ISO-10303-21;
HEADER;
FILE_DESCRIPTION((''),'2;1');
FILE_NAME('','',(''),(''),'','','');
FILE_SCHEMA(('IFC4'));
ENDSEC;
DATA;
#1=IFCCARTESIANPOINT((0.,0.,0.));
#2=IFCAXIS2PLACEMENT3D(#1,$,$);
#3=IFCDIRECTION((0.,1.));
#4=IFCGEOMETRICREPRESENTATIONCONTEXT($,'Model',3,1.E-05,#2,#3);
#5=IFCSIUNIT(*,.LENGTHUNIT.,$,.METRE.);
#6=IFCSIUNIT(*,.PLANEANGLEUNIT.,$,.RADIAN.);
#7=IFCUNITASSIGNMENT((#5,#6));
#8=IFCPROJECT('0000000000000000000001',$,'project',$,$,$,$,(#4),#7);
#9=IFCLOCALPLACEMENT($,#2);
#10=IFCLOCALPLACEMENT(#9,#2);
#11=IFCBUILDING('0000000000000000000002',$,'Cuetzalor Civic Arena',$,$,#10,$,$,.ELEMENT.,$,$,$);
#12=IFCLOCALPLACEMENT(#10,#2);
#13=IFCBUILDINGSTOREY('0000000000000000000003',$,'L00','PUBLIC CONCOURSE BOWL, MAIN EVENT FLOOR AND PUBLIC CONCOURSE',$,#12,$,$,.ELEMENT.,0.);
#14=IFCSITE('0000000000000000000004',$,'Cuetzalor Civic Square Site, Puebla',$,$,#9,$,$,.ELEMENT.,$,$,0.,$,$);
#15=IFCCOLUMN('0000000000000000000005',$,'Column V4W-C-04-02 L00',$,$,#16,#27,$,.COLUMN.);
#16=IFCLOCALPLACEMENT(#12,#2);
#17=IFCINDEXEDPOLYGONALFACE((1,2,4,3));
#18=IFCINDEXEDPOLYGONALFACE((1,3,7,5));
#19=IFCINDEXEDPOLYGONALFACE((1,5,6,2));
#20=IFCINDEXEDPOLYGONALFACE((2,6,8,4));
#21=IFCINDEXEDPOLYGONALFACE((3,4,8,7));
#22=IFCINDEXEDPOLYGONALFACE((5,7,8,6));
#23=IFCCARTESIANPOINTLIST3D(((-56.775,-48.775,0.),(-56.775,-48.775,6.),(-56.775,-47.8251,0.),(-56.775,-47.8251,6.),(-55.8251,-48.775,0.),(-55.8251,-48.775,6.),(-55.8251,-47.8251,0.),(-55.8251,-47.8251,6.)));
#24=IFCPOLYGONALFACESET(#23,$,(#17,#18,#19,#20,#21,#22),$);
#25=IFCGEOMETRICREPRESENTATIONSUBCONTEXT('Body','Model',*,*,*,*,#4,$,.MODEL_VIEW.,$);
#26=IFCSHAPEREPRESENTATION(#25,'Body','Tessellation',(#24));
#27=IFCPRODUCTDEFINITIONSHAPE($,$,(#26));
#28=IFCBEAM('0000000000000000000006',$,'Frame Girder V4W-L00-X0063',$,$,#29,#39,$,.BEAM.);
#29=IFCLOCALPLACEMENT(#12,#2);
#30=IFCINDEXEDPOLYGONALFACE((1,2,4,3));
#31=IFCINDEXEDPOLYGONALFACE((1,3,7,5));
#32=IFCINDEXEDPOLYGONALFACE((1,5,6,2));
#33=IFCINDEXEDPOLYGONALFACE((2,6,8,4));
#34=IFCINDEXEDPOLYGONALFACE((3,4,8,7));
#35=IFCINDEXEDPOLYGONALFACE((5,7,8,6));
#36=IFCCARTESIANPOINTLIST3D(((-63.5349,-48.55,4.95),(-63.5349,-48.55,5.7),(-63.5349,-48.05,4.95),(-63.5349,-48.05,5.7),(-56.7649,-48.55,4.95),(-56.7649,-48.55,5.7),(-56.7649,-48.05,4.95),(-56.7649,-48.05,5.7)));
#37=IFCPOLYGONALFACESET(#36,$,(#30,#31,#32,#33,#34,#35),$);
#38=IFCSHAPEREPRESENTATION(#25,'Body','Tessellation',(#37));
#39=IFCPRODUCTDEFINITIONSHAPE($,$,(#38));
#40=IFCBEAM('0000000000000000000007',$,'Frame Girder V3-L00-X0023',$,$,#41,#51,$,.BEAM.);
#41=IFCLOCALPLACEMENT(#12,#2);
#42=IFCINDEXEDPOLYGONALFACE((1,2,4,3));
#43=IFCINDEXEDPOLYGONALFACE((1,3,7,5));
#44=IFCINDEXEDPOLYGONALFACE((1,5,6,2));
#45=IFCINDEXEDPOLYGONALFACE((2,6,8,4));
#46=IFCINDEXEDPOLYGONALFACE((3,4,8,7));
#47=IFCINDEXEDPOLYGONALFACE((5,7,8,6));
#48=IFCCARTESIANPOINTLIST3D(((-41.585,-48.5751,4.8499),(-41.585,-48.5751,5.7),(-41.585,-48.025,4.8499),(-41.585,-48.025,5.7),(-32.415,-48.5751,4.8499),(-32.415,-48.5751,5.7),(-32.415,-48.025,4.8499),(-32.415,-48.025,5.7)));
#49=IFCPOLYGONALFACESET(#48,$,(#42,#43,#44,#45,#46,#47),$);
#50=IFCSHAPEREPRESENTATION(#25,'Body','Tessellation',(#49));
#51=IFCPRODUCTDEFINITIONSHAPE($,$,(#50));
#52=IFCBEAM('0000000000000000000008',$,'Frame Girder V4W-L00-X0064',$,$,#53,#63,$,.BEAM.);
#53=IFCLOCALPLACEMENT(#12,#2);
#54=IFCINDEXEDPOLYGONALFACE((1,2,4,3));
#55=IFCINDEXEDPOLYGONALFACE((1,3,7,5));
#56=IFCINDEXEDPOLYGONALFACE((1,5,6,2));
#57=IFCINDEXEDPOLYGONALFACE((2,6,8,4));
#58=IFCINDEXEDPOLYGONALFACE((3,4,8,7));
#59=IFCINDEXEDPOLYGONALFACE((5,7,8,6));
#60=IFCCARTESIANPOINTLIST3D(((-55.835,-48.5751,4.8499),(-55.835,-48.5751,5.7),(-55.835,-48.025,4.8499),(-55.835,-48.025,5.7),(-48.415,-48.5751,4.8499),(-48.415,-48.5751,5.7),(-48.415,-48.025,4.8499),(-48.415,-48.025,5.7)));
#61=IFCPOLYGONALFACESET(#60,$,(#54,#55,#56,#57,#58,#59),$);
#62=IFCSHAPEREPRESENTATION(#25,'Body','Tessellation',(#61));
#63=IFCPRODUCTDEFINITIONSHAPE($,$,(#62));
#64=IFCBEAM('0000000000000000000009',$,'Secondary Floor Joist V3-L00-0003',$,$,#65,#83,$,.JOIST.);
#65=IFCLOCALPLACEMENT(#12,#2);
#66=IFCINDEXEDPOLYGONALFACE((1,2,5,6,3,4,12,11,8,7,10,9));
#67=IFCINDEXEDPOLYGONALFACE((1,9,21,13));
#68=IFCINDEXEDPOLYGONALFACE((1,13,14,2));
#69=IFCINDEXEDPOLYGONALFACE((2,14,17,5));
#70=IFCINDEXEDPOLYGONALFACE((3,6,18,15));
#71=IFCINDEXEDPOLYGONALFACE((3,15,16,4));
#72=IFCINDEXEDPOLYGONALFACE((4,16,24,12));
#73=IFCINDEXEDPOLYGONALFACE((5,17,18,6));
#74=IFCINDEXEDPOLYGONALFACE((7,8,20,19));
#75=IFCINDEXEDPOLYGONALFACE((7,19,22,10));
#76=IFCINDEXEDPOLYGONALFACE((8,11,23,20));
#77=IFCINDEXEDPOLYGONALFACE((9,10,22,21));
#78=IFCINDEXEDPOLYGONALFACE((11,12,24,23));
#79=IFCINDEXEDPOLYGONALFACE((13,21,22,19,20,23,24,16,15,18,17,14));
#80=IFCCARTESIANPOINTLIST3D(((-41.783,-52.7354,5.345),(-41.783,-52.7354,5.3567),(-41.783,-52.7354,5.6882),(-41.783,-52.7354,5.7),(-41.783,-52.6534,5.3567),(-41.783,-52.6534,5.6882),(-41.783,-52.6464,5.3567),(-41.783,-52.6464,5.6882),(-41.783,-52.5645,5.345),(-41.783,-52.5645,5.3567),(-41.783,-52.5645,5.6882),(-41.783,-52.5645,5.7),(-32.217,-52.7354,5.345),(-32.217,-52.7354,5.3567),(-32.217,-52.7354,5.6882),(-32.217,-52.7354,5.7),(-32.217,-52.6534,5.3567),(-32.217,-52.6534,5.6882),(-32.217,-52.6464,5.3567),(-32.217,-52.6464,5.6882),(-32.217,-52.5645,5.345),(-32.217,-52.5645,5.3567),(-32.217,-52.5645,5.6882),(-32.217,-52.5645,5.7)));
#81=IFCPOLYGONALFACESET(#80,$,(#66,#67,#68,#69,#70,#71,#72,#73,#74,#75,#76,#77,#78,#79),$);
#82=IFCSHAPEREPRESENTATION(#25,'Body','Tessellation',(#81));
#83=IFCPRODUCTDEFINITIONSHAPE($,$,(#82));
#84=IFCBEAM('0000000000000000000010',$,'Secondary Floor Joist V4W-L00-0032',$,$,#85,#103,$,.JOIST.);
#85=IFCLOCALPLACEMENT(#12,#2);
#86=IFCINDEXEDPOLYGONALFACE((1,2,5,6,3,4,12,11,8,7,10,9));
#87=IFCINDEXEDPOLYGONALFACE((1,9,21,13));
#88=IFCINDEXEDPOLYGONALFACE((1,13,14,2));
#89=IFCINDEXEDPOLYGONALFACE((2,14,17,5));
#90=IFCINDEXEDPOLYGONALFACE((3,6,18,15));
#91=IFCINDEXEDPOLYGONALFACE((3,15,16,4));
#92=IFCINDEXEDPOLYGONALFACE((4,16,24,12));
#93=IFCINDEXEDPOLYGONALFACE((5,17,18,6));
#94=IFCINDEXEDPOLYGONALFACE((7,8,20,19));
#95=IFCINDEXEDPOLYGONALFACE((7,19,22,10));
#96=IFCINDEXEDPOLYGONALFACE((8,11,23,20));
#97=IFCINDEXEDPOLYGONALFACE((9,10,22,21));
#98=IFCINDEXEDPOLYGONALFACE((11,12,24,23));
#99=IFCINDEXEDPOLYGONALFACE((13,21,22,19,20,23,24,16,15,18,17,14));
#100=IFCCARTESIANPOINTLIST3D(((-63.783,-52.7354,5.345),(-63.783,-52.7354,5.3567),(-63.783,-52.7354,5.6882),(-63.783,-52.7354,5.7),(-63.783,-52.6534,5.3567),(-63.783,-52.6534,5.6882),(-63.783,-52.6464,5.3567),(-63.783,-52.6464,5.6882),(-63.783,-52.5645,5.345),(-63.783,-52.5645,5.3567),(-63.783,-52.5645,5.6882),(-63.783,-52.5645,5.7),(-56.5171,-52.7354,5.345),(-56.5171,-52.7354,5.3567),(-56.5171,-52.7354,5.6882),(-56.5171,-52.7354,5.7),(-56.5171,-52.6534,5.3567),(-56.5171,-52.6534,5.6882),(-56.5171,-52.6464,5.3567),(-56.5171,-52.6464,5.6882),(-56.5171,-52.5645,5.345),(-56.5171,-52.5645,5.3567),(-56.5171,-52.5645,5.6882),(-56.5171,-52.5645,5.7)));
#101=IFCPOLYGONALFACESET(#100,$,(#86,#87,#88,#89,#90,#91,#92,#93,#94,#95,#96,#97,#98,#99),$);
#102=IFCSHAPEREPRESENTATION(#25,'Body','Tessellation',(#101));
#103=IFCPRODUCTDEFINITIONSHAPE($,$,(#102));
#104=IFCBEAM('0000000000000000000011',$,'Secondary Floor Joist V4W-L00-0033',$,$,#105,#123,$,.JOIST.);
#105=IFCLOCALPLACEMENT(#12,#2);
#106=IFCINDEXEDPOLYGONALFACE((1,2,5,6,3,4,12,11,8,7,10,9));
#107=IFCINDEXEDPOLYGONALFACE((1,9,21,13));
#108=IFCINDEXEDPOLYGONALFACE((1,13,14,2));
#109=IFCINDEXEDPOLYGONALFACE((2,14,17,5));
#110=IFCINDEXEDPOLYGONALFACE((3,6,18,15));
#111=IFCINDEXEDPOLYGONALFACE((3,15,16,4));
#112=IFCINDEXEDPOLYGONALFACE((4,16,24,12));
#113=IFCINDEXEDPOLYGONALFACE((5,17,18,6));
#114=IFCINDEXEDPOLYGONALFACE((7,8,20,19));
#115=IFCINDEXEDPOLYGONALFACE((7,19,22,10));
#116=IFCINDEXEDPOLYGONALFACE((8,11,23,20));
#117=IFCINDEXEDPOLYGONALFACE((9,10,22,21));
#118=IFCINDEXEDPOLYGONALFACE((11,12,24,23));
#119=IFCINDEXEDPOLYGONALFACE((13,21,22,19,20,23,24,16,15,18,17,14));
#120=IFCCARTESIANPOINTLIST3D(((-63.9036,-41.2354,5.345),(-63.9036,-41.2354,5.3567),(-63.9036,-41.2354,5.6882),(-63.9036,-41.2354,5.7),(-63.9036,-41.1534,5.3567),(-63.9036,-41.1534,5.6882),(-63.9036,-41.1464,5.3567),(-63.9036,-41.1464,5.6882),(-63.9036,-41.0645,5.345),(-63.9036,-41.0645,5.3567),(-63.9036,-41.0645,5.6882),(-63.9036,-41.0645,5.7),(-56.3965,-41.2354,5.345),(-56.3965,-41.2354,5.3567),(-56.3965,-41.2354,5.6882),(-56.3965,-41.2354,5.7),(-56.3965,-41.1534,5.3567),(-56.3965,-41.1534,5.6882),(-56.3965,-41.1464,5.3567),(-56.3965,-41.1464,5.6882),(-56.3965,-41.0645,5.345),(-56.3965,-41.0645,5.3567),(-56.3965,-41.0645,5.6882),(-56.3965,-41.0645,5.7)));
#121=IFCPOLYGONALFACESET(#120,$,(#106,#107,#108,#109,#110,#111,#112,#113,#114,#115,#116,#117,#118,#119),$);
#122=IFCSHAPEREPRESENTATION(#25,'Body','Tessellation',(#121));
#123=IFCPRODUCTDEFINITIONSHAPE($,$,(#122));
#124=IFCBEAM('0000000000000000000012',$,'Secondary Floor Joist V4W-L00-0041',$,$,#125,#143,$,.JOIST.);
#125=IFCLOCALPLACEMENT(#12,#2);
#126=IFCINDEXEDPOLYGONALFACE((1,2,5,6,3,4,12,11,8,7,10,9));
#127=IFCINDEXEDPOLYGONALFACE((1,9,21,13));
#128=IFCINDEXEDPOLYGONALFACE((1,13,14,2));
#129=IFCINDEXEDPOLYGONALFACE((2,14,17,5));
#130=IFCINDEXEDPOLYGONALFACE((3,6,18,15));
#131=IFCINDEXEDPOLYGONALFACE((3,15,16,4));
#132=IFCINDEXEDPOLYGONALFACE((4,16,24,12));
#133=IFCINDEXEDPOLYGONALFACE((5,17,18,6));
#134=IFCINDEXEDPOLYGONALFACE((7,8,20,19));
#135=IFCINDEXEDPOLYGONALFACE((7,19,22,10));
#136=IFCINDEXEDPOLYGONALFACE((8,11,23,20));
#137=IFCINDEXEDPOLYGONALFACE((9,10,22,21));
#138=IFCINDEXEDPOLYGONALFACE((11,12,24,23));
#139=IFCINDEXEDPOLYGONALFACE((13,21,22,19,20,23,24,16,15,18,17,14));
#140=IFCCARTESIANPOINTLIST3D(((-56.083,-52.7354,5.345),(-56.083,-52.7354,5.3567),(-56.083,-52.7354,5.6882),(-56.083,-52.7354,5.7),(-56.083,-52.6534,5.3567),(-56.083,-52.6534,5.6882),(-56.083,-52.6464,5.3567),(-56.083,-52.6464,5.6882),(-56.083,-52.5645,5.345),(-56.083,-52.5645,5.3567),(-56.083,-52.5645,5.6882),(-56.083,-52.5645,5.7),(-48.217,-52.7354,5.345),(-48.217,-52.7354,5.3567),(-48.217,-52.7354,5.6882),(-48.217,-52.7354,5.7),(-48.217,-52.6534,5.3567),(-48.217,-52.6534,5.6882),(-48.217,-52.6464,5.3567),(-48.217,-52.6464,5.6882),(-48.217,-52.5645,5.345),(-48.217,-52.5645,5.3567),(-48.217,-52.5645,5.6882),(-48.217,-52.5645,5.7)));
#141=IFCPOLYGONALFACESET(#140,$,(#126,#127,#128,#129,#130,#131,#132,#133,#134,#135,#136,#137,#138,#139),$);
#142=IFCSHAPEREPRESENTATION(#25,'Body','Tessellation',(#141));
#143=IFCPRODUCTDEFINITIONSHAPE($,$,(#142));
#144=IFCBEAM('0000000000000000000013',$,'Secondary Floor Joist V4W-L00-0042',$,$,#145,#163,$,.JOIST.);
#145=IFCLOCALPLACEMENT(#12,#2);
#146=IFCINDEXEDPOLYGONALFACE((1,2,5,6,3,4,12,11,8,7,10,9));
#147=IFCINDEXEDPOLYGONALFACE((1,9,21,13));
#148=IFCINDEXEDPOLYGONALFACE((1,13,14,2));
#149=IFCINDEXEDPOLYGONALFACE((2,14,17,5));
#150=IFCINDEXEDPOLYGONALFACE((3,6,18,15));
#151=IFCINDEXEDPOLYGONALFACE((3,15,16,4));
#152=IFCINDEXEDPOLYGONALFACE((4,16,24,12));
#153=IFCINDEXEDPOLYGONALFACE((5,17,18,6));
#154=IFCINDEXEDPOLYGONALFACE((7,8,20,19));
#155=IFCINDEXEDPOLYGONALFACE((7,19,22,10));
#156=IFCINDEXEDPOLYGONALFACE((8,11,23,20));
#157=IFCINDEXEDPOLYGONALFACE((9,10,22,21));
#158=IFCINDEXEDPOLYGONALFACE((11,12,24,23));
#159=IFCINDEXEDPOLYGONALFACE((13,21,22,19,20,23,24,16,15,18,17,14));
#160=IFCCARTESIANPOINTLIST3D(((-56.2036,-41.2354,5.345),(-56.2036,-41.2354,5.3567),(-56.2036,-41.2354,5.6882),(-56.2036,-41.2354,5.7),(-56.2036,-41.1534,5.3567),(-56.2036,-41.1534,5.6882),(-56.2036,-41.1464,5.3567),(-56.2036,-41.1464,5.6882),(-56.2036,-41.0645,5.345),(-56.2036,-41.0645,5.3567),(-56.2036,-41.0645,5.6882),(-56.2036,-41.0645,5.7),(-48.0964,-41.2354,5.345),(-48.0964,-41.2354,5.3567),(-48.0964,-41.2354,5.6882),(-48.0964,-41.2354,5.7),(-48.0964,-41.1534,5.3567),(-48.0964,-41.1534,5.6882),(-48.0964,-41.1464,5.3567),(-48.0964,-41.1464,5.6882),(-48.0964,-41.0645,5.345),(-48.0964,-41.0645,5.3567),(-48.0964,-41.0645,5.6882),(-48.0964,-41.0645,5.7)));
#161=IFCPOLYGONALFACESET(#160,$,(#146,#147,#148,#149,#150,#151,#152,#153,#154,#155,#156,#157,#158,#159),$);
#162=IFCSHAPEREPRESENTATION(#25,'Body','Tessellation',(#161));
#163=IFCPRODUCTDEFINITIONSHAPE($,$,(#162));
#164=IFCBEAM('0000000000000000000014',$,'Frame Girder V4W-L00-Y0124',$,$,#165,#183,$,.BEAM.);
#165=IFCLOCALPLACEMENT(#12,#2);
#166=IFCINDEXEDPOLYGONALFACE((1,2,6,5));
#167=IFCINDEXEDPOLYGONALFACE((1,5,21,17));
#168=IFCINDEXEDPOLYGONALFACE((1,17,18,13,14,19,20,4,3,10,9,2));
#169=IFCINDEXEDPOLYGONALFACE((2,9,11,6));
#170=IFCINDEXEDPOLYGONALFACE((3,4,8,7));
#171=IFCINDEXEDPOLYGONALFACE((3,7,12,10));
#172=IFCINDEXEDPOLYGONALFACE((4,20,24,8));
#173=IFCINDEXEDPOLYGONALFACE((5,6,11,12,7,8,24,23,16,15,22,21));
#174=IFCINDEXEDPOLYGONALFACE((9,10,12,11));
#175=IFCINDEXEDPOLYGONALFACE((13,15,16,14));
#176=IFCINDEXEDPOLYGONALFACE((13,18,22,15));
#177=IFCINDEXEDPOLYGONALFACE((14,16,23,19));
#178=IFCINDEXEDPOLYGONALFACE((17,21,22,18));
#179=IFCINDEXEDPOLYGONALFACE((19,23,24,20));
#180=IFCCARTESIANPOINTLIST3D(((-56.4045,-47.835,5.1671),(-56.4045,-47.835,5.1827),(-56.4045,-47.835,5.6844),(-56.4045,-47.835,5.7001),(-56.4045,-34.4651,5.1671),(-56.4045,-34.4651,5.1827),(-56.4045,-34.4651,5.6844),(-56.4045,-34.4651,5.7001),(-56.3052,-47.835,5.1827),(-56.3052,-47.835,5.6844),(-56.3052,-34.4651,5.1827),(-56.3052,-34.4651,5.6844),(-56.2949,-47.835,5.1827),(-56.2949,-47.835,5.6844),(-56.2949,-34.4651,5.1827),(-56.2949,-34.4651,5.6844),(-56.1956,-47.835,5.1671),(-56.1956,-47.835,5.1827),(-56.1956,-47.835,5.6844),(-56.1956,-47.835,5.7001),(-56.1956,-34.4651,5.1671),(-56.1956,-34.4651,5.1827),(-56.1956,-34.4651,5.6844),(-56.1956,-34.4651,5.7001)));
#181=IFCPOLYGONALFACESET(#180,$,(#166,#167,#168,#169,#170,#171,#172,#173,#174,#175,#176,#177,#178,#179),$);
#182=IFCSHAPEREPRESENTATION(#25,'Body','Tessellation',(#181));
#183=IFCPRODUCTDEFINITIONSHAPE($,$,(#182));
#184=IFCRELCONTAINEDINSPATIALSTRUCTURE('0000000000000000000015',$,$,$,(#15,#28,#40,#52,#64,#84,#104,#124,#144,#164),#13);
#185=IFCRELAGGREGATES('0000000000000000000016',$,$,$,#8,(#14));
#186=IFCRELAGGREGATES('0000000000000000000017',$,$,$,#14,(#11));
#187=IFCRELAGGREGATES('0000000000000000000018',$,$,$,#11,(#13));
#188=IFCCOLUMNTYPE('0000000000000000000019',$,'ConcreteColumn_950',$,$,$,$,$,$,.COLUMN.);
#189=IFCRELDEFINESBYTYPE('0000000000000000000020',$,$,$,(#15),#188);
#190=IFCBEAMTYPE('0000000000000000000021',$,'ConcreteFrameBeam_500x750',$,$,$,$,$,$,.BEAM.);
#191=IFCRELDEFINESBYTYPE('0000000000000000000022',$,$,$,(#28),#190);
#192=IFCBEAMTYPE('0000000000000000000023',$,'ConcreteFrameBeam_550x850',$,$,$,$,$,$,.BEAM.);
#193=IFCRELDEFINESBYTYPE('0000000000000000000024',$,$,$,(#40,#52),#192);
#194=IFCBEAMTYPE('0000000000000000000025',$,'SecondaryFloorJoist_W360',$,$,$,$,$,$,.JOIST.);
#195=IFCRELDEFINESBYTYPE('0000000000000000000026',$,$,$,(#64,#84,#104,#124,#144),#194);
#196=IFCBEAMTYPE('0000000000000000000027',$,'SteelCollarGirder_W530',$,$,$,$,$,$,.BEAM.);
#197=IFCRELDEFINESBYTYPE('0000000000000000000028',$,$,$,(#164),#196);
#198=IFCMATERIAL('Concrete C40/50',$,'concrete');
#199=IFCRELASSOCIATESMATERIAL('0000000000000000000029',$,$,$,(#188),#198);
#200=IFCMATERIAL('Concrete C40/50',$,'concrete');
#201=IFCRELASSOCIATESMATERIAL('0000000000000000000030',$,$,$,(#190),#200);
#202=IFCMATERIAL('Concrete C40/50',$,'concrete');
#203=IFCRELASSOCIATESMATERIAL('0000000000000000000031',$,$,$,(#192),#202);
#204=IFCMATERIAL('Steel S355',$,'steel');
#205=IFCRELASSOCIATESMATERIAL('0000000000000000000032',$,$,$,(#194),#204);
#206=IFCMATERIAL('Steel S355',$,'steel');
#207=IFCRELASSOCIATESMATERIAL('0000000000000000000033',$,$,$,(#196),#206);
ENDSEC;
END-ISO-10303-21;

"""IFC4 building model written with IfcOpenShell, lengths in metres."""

from ifc_helpers import new_model, si_unit, direction, frame, origin, origin_2d, place, context, subcontext, project, spatial, rectangle, i_section, extrude, material, material_profile, profile_set, type_object, element, save


model = new_model("IFC4")

# Units and contexts
model_context = context("Model", 3, precision=1e-05, world=origin(), true_north=direction((0.0, 1.0)))
body_context = subcontext(model_context, "Body", "Model", "MODEL_VIEW")
ifc_project = project(units=[si_unit("LENGTHUNIT", "METRE"), si_unit("PLANEANGLEUNIT", "RADIAN")], contexts=[model_context])

# Site, building, storey
site_placement = place(None, origin())
site = spatial("IfcSite", under=ifc_project, at=site_placement, Name="Cuetzalor Civic Square Site, Puebla", CompositionType="ELEMENT", RefElevation=0.0)
building_placement = place(site_placement, origin())
building = spatial("IfcBuilding", under=site, at=building_placement, Name="Cuetzalor Civic Arena", CompositionType="ELEMENT")
storey_placement = place(building_placement, origin())
storey = spatial("IfcBuildingStorey", under=building, at=storey_placement, Name="L00", Description="PUBLIC CONCOURSE BOWL, MAIN EVENT FLOOR AND PUBLIC CONCOURSE", CompositionType="ELEMENT", Elevation=0.0)

# Column
ifc_material_1 = material(Name="Concrete C40/50", Category="concrete")
ifc_material_profile_1 = material_profile(ifc_material_1, rectangle(XDim=0.95, YDim=0.95, at=origin_2d()), Name="RC 950x950")
ifc_profile_set_1 = profile_set([ifc_material_profile_1], Name="Concrete C40/50")
column_type_1 = type_object("IfcColumnType", Name="ConcreteColumn_950", PredefinedType="COLUMN", material=ifc_profile_set_1)
column_placement = place(storey_placement, frame((-56.3, -48.3, 0.0), z_axis=(0.0, 0.0, 1.0), x_axis=(1.0, 0.0, 0.0)))
element("IfcColumn", 1, at=column_placement, inside=storey, type_object=column_type_1, Name="Column V4W-C-04-02 L00", PredefinedType="COLUMN", context=body_context, shape_type="SweptSolid", body=[
    extrude(rectangle(XDim=0.95, YDim=0.95, at=origin_2d()), origin(), (0.0, 0.0, 1.0), 6.0),
])

# Beams
ifc_material_2 = material(Name="Concrete C40/50", Category="concrete")
ifc_material_profile_2 = material_profile(ifc_material_2, rectangle(XDim=0.5, YDim=0.75, at=origin_2d()), Name="RC 500x750")
ifc_profile_set_2 = profile_set([ifc_material_profile_2], Name="Concrete C40/50")
beam_type_1 = type_object("IfcBeamType", Name="ConcreteFrameBeam_500x750", PredefinedType="BEAM", material=ifc_profile_set_2)
beam_1_placement = place(storey_placement, frame((-63.5349, -48.3, 5.325), z_axis=(1.0, 0.0, 0.0), x_axis=(0.0, 1.0, 0.0)))
element("IfcBeam", 2, at=beam_1_placement, inside=storey, type_object=beam_type_1, Name="Frame Girder V4W-L00-X0063", PredefinedType="BEAM", context=body_context, shape_type="SweptSolid", body=[
    extrude(rectangle(XDim=0.5, YDim=0.75, at=origin_2d()), origin(), (0.0, 0.0, 1.0), 6.77),
])
ifc_material_3 = material(Name="Concrete C40/50", Category="concrete")
ifc_material_profile_3 = material_profile(ifc_material_3, rectangle(XDim=0.55, YDim=0.8501, at=origin_2d()), Name="RC 550x850")
ifc_profile_set_3 = profile_set([ifc_material_profile_3], Name="Concrete C40/50")
beam_type_2 = type_object("IfcBeamType", Name="ConcreteFrameBeam_550x850", PredefinedType="BEAM", material=ifc_profile_set_3)
beam_2_placement = place(storey_placement, frame((-41.585, -48.3, 5.2749), z_axis=(1.0, 0.0, 0.0), x_axis=(0.0, 1.0, 0.0)))
element("IfcBeam", 3, at=beam_2_placement, inside=storey, type_object=beam_type_2, Name="Frame Girder V3-L00-X0023", PredefinedType="BEAM", context=body_context, shape_type="SweptSolid", body=[
    extrude(rectangle(XDim=0.55, YDim=0.8501, at=origin_2d()), origin(), (0.0, 0.0, 1.0), 9.1699),
])
beam_3_placement = place(storey_placement, frame((-55.835, -48.3, 5.2749), z_axis=(1.0, 0.0, 0.0), x_axis=(0.0, 1.0, 0.0)))
element("IfcBeam", 4, at=beam_3_placement, inside=storey, type_object=beam_type_2, Name="Frame Girder V4W-L00-X0064", PredefinedType="BEAM", context=body_context, shape_type="SweptSolid", body=[
    extrude(rectangle(XDim=0.55, YDim=0.8501, at=origin_2d()), origin(), (0.0, 0.0, 1.0), 7.4199),
])
ifc_material_4 = material(Name="Steel S355", Category="steel")
ifc_material_profile_4 = material_profile(ifc_material_4, i_section(OverallWidth=0.1709, OverallDepth=0.355, WebThickness=0.0071, FlangeThickness=0.0117, at=origin_2d()), Name="W360x51")
ifc_profile_set_4 = profile_set([ifc_material_profile_4], Name="Steel S355")
beam_type_3 = type_object("IfcBeamType", Name="SecondaryFloorJoist_W360", PredefinedType="JOIST", material=ifc_profile_set_4)
beam_4_placement = place(storey_placement, frame((-41.783, -52.6499, 5.5225), z_axis=(1.0, 0.0, 0.0), x_axis=(0.0, 1.0, 0.0)))
element("IfcBeam", 5, at=beam_4_placement, inside=storey, type_object=beam_type_3, Name="Secondary Floor Joist V3-L00-0003", PredefinedType="JOIST", context=body_context, shape_type="SweptSolid", body=[
    extrude(i_section(OverallWidth=0.1709, OverallDepth=0.355, WebThickness=0.0071, FlangeThickness=0.0117, at=origin_2d()), origin(), (0.0, 0.0, 1.0), 9.5659),
])
beam_5_placement = place(storey_placement, frame((-63.783, -52.6499, 5.5225), z_axis=(1.0, 0.0, 0.0), x_axis=(0.0, 1.0, 0.0)))
element("IfcBeam", 6, at=beam_5_placement, inside=storey, type_object=beam_type_3, Name="Secondary Floor Joist V4W-L00-0032", PredefinedType="JOIST", context=body_context, shape_type="SweptSolid", body=[
    extrude(i_section(OverallWidth=0.1709, OverallDepth=0.355, WebThickness=0.0071, FlangeThickness=0.0117, at=origin_2d()), origin(), (0.0, 0.0, 1.0), 7.2659),
])
beam_6_placement = place(storey_placement, frame((-63.9036, -41.1499, 5.5225), z_axis=(1.0, 0.0, 0.0), x_axis=(0.0, 1.0, 0.0)))
element("IfcBeam", 7, at=beam_6_placement, inside=storey, type_object=beam_type_3, Name="Secondary Floor Joist V4W-L00-0033", PredefinedType="JOIST", context=body_context, shape_type="SweptSolid", body=[
    extrude(i_section(OverallWidth=0.1709, OverallDepth=0.355, WebThickness=0.0071, FlangeThickness=0.0117, at=origin_2d()), origin(), (0.0, 0.0, 1.0), 7.5071),
])
beam_7_placement = place(storey_placement, frame((-56.083, -52.6499, 5.5225), z_axis=(1.0, 0.0, 0.0), x_axis=(0.0, 1.0, 0.0)))
element("IfcBeam", 8, at=beam_7_placement, inside=storey, type_object=beam_type_3, Name="Secondary Floor Joist V4W-L00-0041", PredefinedType="JOIST", context=body_context, shape_type="SweptSolid", body=[
    extrude(i_section(OverallWidth=0.1709, OverallDepth=0.355, WebThickness=0.0071, FlangeThickness=0.0117, at=origin_2d()), origin(), (0.0, 0.0, 1.0), 7.866),
])
beam_8_placement = place(storey_placement, frame((-56.2036, -41.1499, 5.5225), z_axis=(1.0, 0.0, 0.0), x_axis=(0.0, 1.0, 0.0)))
element("IfcBeam", 9, at=beam_8_placement, inside=storey, type_object=beam_type_3, Name="Secondary Floor Joist V4W-L00-0042", PredefinedType="JOIST", context=body_context, shape_type="SweptSolid", body=[
    extrude(i_section(OverallWidth=0.1709, OverallDepth=0.355, WebThickness=0.0071, FlangeThickness=0.0117, at=origin_2d()), origin(), (0.0, 0.0, 1.0), 8.1072),
])
ifc_material_5 = material(Name="Steel S355", Category="steel")
ifc_material_profile_5 = material_profile(ifc_material_5, i_section(OverallWidth=0.209, OverallDepth=0.533, WebThickness=0.0103, FlangeThickness=0.0156, at=origin_2d()), Name="W530x92")
ifc_profile_set_5 = profile_set([ifc_material_profile_5], Name="Steel S355")
beam_type_4 = type_object("IfcBeamType", Name="SteelCollarGirder_W530", PredefinedType="BEAM", material=ifc_profile_set_5)
beam_9_placement = place(storey_placement, frame((-56.3, -47.835, 5.4336), z_axis=(0.0, 1.0, 0.0), x_axis=(-1.0, 0.0, 0.0)))
element("IfcBeam", 10, at=beam_9_placement, inside=storey, type_object=beam_type_4, Name="Frame Girder V4W-L00-Y0124", PredefinedType="BEAM", context=body_context, shape_type="SweptSolid", body=[
    extrude(i_section(OverallWidth=0.209, OverallDepth=0.533, WebThickness=0.0103, FlangeThickness=0.0156, at=origin_2d()), origin(), (0.0, 0.0, 1.0), 13.3699),
])

save(model, "model.ifc")
